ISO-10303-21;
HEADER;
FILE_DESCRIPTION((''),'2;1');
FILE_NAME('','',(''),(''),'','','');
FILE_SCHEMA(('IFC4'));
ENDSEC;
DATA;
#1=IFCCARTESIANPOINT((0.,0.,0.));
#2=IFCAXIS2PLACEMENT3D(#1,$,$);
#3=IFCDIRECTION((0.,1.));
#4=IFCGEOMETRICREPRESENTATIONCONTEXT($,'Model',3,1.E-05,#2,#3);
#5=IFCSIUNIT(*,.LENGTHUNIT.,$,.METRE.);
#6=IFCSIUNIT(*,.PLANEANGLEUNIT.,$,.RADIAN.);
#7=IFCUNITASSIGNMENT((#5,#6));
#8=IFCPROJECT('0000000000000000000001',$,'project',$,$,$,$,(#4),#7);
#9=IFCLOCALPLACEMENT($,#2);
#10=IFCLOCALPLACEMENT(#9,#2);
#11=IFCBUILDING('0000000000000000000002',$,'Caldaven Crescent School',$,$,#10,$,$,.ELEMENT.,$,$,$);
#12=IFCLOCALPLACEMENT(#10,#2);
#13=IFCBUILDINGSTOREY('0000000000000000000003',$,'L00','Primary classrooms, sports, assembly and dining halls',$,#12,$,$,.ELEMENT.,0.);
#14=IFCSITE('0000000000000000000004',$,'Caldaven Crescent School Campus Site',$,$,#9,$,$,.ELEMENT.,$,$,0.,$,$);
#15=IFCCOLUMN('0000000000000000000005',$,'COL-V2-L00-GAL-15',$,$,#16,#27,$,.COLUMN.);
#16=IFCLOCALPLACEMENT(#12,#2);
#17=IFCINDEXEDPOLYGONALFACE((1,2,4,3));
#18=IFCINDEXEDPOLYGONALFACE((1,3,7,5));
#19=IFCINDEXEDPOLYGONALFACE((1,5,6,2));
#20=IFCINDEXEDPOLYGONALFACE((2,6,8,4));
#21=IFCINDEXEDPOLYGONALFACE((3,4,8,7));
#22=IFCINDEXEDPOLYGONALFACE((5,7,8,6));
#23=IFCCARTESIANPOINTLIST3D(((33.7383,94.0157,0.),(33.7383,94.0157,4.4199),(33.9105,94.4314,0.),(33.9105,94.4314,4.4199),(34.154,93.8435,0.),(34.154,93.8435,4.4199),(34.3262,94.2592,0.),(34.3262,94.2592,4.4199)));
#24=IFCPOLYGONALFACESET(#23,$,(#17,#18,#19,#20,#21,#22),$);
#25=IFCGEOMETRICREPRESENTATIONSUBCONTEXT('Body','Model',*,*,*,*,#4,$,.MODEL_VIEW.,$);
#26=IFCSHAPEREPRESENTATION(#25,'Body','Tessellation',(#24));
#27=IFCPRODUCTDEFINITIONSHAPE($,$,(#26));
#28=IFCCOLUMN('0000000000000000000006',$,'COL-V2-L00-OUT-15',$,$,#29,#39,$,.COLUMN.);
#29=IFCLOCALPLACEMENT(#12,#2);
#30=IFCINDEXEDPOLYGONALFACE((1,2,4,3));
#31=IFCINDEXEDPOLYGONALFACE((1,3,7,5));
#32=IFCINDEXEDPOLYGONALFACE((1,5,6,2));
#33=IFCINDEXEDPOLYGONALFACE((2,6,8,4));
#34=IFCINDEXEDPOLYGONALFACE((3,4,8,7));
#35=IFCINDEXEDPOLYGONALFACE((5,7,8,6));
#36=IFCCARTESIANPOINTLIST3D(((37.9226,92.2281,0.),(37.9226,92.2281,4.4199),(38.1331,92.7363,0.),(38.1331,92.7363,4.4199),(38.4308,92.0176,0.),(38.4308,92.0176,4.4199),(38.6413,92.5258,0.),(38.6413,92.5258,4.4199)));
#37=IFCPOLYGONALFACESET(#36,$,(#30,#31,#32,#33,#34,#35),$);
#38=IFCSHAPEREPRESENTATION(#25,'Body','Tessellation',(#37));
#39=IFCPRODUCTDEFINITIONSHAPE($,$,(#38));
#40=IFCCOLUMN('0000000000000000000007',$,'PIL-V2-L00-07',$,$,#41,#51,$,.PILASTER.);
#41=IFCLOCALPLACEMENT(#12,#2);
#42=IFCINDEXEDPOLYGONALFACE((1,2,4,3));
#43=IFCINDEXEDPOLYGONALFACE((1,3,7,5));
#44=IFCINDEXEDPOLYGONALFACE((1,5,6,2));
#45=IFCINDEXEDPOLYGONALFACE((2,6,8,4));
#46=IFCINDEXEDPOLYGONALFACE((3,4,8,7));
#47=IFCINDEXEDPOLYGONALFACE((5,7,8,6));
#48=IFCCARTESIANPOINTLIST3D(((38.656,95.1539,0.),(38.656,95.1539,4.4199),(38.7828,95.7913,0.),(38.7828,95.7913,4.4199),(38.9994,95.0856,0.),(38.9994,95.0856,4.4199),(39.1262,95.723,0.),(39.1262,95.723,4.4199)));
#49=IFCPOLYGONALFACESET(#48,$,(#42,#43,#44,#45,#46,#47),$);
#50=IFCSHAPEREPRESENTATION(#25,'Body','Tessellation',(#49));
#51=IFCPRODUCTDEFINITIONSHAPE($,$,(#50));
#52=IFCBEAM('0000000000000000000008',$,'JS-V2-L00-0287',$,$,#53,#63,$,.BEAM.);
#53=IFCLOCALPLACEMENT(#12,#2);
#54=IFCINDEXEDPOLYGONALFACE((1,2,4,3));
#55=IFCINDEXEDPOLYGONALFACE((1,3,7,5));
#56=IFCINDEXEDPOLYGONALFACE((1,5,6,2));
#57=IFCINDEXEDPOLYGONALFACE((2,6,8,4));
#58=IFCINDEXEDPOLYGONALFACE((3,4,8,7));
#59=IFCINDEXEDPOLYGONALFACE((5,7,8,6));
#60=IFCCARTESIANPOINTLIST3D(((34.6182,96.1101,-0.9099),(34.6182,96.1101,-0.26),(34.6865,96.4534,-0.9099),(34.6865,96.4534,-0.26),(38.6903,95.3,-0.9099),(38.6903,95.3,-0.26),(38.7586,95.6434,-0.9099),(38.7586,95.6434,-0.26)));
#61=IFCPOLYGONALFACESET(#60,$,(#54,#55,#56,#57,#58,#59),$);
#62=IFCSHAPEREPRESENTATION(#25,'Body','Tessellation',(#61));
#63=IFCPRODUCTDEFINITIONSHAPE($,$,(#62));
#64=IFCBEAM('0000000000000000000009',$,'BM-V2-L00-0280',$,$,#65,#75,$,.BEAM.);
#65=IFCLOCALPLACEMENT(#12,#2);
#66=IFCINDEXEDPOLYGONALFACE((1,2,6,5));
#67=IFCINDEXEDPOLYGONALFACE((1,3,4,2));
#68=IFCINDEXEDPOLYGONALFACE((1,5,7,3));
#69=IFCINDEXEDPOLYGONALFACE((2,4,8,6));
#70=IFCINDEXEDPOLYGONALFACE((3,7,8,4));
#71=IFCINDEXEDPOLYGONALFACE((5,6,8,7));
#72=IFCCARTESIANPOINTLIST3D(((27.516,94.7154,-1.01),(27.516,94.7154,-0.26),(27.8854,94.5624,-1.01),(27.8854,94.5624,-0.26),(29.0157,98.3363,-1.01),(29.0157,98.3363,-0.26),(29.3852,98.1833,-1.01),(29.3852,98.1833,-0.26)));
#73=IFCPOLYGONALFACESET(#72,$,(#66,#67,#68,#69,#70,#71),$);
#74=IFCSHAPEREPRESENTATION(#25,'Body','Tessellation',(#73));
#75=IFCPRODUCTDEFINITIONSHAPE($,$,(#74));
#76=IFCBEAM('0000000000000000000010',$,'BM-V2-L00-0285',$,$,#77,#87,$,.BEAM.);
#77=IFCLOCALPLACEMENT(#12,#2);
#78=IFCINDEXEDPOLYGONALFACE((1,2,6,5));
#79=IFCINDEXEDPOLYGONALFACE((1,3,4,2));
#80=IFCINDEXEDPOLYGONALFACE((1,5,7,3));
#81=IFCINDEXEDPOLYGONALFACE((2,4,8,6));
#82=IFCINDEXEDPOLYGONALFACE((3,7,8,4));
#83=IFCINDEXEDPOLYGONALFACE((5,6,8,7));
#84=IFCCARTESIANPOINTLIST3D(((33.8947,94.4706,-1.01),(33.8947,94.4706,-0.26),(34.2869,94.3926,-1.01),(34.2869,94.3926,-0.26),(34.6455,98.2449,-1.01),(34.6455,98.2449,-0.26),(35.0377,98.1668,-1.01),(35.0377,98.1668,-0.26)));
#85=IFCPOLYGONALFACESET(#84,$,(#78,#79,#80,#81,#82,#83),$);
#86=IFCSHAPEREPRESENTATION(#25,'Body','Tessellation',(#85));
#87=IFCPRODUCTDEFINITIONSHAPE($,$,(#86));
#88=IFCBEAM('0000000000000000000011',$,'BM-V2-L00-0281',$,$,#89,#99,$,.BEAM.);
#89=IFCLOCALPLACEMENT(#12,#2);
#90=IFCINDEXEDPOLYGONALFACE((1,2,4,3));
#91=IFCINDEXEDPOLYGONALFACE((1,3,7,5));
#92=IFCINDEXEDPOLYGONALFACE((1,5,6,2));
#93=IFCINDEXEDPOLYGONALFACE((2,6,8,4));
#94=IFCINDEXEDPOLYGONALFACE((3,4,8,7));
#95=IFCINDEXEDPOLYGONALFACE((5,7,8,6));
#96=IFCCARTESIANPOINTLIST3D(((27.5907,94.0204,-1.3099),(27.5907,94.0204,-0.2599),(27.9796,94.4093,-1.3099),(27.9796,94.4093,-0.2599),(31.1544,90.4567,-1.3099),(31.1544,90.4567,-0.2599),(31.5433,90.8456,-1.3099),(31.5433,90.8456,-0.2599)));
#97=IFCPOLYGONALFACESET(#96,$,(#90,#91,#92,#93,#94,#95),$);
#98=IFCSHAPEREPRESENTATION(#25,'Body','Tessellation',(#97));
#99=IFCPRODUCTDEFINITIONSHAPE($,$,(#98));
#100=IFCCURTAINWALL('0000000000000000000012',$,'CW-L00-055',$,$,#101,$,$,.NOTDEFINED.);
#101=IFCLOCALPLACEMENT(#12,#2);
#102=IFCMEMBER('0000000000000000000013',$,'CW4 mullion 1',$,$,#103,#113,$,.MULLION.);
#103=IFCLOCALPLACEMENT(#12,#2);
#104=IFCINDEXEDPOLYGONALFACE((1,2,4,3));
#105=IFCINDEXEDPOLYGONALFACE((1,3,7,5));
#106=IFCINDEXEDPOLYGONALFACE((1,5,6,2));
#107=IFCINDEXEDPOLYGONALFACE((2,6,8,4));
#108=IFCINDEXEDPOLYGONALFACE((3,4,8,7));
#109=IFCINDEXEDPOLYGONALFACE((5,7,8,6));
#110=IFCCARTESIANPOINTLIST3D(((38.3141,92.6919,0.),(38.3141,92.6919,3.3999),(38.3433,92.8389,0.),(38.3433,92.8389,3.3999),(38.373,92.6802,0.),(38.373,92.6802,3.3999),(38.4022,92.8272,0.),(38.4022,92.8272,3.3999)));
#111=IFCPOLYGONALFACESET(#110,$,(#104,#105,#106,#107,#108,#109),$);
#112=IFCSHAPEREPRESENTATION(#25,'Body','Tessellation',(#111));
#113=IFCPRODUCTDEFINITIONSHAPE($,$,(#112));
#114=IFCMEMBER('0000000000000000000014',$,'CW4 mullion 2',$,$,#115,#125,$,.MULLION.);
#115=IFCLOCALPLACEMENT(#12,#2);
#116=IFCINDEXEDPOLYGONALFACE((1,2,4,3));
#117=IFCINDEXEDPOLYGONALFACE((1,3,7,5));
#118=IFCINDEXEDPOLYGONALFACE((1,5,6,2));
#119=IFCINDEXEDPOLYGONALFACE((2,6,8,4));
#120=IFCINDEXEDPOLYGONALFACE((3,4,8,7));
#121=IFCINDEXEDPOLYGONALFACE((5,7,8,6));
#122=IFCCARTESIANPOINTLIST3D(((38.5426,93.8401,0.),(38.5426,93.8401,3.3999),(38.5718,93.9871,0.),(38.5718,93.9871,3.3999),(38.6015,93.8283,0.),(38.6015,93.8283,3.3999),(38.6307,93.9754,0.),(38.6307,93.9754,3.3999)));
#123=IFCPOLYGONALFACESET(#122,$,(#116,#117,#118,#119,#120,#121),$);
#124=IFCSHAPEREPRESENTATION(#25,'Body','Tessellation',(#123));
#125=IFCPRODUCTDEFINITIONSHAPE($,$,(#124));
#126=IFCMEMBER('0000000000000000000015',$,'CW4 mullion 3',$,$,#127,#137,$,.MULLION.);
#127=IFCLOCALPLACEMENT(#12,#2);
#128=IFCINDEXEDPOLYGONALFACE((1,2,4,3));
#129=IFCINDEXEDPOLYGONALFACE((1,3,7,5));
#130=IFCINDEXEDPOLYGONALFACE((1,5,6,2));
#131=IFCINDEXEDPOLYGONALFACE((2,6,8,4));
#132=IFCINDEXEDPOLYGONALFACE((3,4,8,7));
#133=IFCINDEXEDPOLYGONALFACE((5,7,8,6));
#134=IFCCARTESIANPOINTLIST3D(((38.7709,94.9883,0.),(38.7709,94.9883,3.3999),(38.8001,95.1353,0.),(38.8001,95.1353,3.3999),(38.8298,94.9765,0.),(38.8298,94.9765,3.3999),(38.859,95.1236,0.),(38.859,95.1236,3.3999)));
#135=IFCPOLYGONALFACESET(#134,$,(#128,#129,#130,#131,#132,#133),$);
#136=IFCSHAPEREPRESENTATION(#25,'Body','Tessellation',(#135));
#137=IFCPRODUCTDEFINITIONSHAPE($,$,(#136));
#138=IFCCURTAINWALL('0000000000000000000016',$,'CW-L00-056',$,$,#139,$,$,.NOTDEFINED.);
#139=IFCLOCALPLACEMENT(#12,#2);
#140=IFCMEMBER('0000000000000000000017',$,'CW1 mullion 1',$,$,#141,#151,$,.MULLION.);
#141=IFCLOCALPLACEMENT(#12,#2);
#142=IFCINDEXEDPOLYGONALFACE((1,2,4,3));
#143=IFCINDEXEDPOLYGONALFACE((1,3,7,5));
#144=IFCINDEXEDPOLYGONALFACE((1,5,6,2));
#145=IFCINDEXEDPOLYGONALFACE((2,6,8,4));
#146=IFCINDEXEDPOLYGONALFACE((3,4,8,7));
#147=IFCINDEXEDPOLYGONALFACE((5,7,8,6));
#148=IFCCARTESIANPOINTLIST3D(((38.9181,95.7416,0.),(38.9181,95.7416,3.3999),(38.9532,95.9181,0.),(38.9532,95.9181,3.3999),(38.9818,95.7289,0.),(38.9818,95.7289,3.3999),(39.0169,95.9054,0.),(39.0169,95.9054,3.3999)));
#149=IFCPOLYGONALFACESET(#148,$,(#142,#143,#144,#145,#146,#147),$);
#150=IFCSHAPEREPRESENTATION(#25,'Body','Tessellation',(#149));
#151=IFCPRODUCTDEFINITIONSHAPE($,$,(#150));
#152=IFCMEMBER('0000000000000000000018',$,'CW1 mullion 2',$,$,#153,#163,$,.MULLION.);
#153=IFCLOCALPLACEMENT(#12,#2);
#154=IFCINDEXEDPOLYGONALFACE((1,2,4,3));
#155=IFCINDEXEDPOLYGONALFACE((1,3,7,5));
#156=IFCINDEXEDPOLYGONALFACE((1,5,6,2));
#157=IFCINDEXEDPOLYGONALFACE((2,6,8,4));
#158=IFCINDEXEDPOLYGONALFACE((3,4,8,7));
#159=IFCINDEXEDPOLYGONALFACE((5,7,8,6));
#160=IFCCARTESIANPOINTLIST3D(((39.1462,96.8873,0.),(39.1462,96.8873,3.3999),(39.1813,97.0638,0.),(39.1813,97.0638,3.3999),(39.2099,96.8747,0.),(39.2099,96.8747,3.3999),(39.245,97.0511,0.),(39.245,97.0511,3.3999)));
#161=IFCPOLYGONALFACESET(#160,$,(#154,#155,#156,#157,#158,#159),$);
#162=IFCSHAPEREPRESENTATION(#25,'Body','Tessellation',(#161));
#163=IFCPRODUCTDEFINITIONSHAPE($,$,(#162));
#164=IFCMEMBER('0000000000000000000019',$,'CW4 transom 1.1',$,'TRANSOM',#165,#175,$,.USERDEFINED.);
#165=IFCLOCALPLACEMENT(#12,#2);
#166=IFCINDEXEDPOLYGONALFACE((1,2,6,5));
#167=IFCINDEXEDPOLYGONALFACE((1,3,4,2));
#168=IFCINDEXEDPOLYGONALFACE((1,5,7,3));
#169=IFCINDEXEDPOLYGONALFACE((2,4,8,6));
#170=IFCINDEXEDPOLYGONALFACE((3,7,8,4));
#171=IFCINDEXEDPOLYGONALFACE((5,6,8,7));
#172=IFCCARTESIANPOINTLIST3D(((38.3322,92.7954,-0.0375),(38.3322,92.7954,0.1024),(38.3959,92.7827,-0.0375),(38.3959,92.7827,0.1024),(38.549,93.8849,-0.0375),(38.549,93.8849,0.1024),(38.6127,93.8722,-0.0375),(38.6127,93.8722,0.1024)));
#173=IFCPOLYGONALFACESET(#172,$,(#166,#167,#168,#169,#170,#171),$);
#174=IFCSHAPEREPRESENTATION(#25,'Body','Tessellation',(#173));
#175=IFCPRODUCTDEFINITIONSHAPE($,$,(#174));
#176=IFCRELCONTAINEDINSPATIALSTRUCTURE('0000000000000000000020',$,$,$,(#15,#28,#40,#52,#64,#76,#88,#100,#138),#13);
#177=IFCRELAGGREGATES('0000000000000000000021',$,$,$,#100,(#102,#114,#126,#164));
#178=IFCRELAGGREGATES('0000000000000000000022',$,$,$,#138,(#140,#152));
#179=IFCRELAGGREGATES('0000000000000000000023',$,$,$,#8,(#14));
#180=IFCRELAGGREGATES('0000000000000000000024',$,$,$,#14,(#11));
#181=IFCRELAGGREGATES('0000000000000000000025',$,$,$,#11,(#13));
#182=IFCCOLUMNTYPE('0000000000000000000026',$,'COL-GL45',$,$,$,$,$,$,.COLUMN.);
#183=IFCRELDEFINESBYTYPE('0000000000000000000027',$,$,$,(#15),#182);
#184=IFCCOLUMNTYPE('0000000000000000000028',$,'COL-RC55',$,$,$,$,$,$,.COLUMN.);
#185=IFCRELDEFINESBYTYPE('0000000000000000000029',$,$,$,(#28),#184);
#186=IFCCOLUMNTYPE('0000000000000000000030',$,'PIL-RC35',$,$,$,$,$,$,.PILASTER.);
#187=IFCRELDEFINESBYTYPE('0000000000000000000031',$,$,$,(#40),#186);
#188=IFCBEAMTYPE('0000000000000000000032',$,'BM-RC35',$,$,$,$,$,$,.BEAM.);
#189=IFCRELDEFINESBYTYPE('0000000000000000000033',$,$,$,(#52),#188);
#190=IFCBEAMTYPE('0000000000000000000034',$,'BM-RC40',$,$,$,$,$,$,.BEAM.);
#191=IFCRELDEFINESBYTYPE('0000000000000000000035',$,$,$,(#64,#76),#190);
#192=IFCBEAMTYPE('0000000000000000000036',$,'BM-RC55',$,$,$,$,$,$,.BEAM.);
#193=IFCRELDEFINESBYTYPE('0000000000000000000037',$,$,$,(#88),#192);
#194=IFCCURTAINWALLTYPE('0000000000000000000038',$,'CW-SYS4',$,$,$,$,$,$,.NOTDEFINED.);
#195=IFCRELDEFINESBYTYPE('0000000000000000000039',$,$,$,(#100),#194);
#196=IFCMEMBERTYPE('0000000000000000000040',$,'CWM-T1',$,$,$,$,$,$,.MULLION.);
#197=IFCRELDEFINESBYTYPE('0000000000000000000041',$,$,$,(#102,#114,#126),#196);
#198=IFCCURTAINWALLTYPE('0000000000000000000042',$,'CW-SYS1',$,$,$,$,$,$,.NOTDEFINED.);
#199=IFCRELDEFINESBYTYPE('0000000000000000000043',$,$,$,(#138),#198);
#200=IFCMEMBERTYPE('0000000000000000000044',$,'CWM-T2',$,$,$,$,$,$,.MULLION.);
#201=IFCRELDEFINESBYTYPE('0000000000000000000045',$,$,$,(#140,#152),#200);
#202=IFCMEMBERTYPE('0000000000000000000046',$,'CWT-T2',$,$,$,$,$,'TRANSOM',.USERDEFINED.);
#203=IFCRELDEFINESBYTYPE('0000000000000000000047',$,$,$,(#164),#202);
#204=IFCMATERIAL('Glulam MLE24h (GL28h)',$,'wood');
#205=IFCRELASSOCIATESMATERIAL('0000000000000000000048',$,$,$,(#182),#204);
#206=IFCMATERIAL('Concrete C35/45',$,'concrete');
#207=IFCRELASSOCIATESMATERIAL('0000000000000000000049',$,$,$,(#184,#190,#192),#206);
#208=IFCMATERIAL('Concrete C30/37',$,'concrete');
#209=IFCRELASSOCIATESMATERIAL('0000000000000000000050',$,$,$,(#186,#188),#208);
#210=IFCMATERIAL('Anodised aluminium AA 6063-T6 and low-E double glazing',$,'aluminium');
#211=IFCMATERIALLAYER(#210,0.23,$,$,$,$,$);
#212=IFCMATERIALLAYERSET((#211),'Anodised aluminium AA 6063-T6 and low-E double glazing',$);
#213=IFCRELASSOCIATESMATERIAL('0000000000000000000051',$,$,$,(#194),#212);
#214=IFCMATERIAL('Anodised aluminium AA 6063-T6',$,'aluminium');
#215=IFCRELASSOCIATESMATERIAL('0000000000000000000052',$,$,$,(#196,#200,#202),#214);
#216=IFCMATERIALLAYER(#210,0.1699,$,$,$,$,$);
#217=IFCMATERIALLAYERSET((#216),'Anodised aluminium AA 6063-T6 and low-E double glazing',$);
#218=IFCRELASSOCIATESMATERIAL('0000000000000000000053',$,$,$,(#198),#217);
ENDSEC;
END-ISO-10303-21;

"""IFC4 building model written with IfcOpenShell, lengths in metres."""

from ifc_helpers import new_model, si_unit, direction, frame, origin, origin_2d, place, context, subcontext, project, spatial, rectangle, extrude, material, layer, layer_set, material_profile, profile_set, type_object, element, aggregate, save


model = new_model("IFC4")

# Units and contexts
model_context = context("Model", 3, precision=1e-05, world=origin(), true_north=direction((0.0, 1.0)))
body_context = subcontext(model_context, "Body", "Model", "MODEL_VIEW")
ifc_project = project(units=[si_unit("LENGTHUNIT", "METRE"), si_unit("PLANEANGLEUNIT", "RADIAN")], contexts=[model_context])

# Site, building, storey
site_placement = place(None, origin())
site = spatial("IfcSite", under=ifc_project, at=site_placement, Name="Caldaven Crescent School Campus Site", CompositionType="ELEMENT", RefElevation=0.0)
building_placement = place(site_placement, origin())
building = spatial("IfcBuilding", under=site, at=building_placement, Name="Caldaven Crescent School", CompositionType="ELEMENT")
storey_placement = place(building_placement, origin())
storey = spatial("IfcBuildingStorey", under=building, at=storey_placement, Name="L00", Description="Primary classrooms, sports, assembly and dining halls", CompositionType="ELEMENT", Elevation=0.0)

# Columns
ifc_material_1 = material(Name="Glulam MLE24h (GL28h)", Category="wood")
ifc_material_profile_1 = material_profile(ifc_material_1, rectangle(XDim=0.45, YDim=0.45, at=origin_2d()), Name="MLE 450x450")
ifc_profile_set_1 = profile_set([ifc_material_profile_1], Name="Glulam MLE24h (GL28h)")
column_type_1 = type_object("IfcColumnType", Name="COL-GL45", PredefinedType="COLUMN", material=ifc_profile_set_1)
column_1_placement = place(storey_placement, frame((34.0322, 94.1375, 0.0), z_axis=(0.0, 0.0, 1.0), x_axis=(0.92388, -0.382683, 0.0)))
element("IfcColumn", 1, at=column_1_placement, inside=storey, type_object=column_type_1, Name="COL-V2-L00-GAL-15", PredefinedType="COLUMN", context=body_context, shape_type="SweptSolid", body=[
    extrude(rectangle(XDim=0.45, YDim=0.45, at=origin_2d()), origin(), (0.0, 0.0, 1.0), 4.4199),
])
ifc_material_2 = material(Name="Concrete C35/45", Category="concrete")
ifc_material_profile_2 = material_profile(ifc_material_2, rectangle(XDim=0.55, YDim=0.55, at=origin_2d()), Name="RC 550x550")
ifc_profile_set_2 = profile_set([ifc_material_profile_2], Name="Concrete C35/45")
column_type_2 = type_object("IfcColumnType", Name="COL-RC55", PredefinedType="COLUMN", material=ifc_profile_set_2)
column_2_placement = place(storey_placement, frame((38.282, 92.377, 0.0), z_axis=(0.0, 0.0, 1.0), x_axis=(0.92388, -0.382683, 0.0)))
element("IfcColumn", 2, at=column_2_placement, inside=storey, type_object=column_type_2, Name="COL-V2-L00-OUT-15", PredefinedType="COLUMN", context=body_context, shape_type="SweptSolid", body=[
    extrude(rectangle(XDim=0.55, YDim=0.55, at=origin_2d()), origin(), (0.0, 0.0, 1.0), 4.4199),
])
ifc_material_3 = material(Name="Concrete C30/37", Category="concrete")
ifc_material_profile_3 = material_profile(ifc_material_3, rectangle(XDim=0.3501, YDim=0.6499, at=origin_2d()), Name="RC 350x650")
ifc_profile_set_3 = profile_set([ifc_material_profile_3], Name="Concrete C30/37")
column_type_3 = type_object("IfcColumnType", Name="PIL-RC35", PredefinedType="PILASTER", material=ifc_profile_set_3)
column_3_placement = place(storey_placement, frame((38.8911, 95.4385, 0.0), z_axis=(0.0, 0.0, 1.0), x_axis=(0.980785, -0.19509, 0.0)))
element("IfcColumn", 3, at=column_3_placement, inside=storey, type_object=column_type_3, Name="PIL-V2-L00-07", PredefinedType="PILASTER", context=body_context, shape_type="SweptSolid", body=[
    extrude(rectangle(XDim=0.3501, YDim=0.6499, at=origin_2d()), origin(), (0.0, 0.0, 1.0), 4.4199),
])

# Beams
ifc_material_profile_4 = material_profile(ifc_material_3, rectangle(XDim=0.3501, YDim=0.6499, at=origin_2d()), Name="RC 350x650")
ifc_profile_set_4 = profile_set([ifc_material_profile_4], Name="Concrete C30/37")
beam_type_1 = type_object("IfcBeamType", Name="BM-RC35", PredefinedType="BEAM", material=ifc_profile_set_4)
beam_1_placement = place(storey_placement, frame((34.6523, 96.2817, -0.585), z_axis=(0.980781, -0.19511, 0.0), x_axis=(0.19511, 0.980781, 0.0)))
element("IfcBeam", 4, at=beam_1_placement, inside=storey, type_object=beam_type_1, Name="JS-V2-L00-0287", PredefinedType="BEAM", context=body_context, shape_type="SweptSolid", body=[
    extrude(rectangle(XDim=0.3501, YDim=0.6499, at=origin_2d()), origin(), (0.0, 0.0, 1.0), 4.1519),
])
ifc_material_profile_5 = material_profile(ifc_material_2, rectangle(XDim=0.3999, YDim=0.75, at=origin_2d()), Name="RC 400x750")
ifc_profile_set_5 = profile_set([ifc_material_profile_5], Name="Concrete C35/45")
beam_type_2 = type_object("IfcBeamType", Name="BM-RC40", PredefinedType="BEAM", material=ifc_profile_set_5)
beam_2_placement = place(storey_placement, frame((27.7007, 94.6389, -0.635), z_axis=(0.382673, 0.923884, 0.0), x_axis=(-0.923884, 0.382673, 0.0)))
element("IfcBeam", 5, at=beam_2_placement, inside=storey, type_object=beam_type_2, Name="BM-V2-L00-0280", PredefinedType="BEAM", context=body_context, shape_type="SweptSolid", body=[
    extrude(rectangle(XDim=0.3999, YDim=0.75, at=origin_2d()), origin(), (0.0, 0.0, 1.0), 3.9192),
])
beam_3_placement = place(storey_placement, frame((34.0908, 94.4316, -0.635), z_axis=(0.195091, 0.980785, 0.0), x_axis=(-0.980785, 0.195091, 0.0)))
element("IfcBeam", 6, at=beam_3_placement, inside=storey, type_object=beam_type_2, Name="BM-V2-L00-0285", PredefinedType="BEAM", context=body_context, shape_type="SweptSolid", body=[
    extrude(rectangle(XDim=0.3999, YDim=0.75, at=origin_2d()), origin(), (0.0, 0.0, 1.0), 3.8481),
])
ifc_material_profile_6 = material_profile(ifc_material_2, rectangle(XDim=0.55, YDim=1.05, at=origin_2d()), Name="RC 550x1050")
ifc_profile_set_6 = profile_set([ifc_material_profile_6], Name="Concrete C35/45")
beam_type_3 = type_object("IfcBeamType", Name="BM-RC55", PredefinedType="BEAM", material=ifc_profile_set_6)
beam_4_placement = place(storey_placement, frame((27.7852, 94.2148, -0.7849), z_axis=(0.707107, -0.707107, 0.0), x_axis=(0.707107, 0.707107, 0.0)))
element("IfcBeam", 7, at=beam_4_placement, inside=storey, type_object=beam_type_3, Name="BM-V2-L00-0281", PredefinedType="BEAM", context=body_context, shape_type="SweptSolid", body=[
    extrude(rectangle(XDim=0.55, YDim=1.05, at=origin_2d()), origin(), (0.0, 0.0, 1.0), 5.0398),
])

# Curtain walls, members
ifc_material_4 = material(Name="Anodised aluminium AA 6063-T6 and low-E double glazing", Category="aluminium")
ifc_layer_1 = layer(ifc_material_4, 0.23)
ifc_layer_set_1 = layer_set([ifc_layer_1], Name="Anodised aluminium AA 6063-T6 and low-E double glazing")
curtain_wall_type_1 = type_object("IfcCurtainWallType", Name="CW-SYS4", PredefinedType="NOTDEFINED", material=ifc_layer_set_1)
curtain_wall_1_placement = place(storey_placement, origin())
curtain_wall_1 = element("IfcCurtainWall", 8, at=curtain_wall_1_placement, inside=storey, type_object=curtain_wall_type_1, Name="CW-L00-055", PredefinedType="NOTDEFINED")
ifc_material_5 = material(Name="Anodised aluminium AA 6063-T6", Category="aluminium")
ifc_material_profile_7 = material_profile(ifc_material_5, rectangle(XDim=0.0601, YDim=0.1499, at=origin_2d()), Name="CWM 60x150")
ifc_profile_set_7 = profile_set([ifc_material_profile_7], Name="Anodised aluminium AA 6063-T6")
member_type_1 = type_object("IfcMemberType", Name="CWM-T1", PredefinedType="MULLION", material=ifc_profile_set_7)
member_1_placement = place(storey_placement, frame((38.3582, 92.7595, 0.0), z_axis=(0.0, 0.0, 1.0), x_axis=(-0.980786, 0.195087, 0.0)))
member_1 = element("IfcMember", 9, at=member_1_placement, type_object=member_type_1, Name="CW4 mullion 1", PredefinedType="MULLION", context=body_context, shape_type="SweptSolid", body=[
    extrude(rectangle(XDim=0.0601, YDim=0.1499, at=origin_2d()), origin(), (0.0, 0.0, 1.0), 3.3999),
])
member_2_placement = place(storey_placement, frame((38.5867, 93.9077, 0.0), z_axis=(0.0, 0.0, 1.0), x_axis=(-0.980786, 0.195087, 0.0)))
member_2 = element("IfcMember", 10, at=member_2_placement, type_object=member_type_1, Name="CW4 mullion 2", PredefinedType="MULLION", context=body_context, shape_type="SweptSolid", body=[
    extrude(rectangle(XDim=0.0601, YDim=0.1499, at=origin_2d()), origin(), (0.0, 0.0, 1.0), 3.3999),
])
member_3_placement = place(storey_placement, frame((38.8149, 95.0559, 0.0), z_axis=(0.0, 0.0, 1.0), x_axis=(-0.980786, 0.195087, 0.0)))
member_3 = element("IfcMember", 11, at=member_3_placement, type_object=member_type_1, Name="CW4 mullion 3", PredefinedType="MULLION", context=body_context, shape_type="SweptSolid", body=[
    extrude(rectangle(XDim=0.0601, YDim=0.1499, at=origin_2d()), origin(), (0.0, 0.0, 1.0), 3.3999),
])
ifc_layer_2 = layer(ifc_material_4, 0.1699)
ifc_layer_set_2 = layer_set([ifc_layer_2], Name="Anodised aluminium AA 6063-T6 and low-E double glazing")
curtain_wall_type_2 = type_object("IfcCurtainWallType", Name="CW-SYS1", PredefinedType="NOTDEFINED", material=ifc_layer_set_2)
curtain_wall_2_placement = place(storey_placement, origin())
curtain_wall_2 = element("IfcCurtainWall", 12, at=curtain_wall_2_placement, inside=storey, type_object=curtain_wall_type_2, Name="CW-L00-056", PredefinedType="NOTDEFINED")
ifc_material_profile_8 = material_profile(ifc_material_5, rectangle(XDim=0.0649, YDim=0.1799, at=origin_2d()), Name="CWM 65x180")
ifc_profile_set_8 = profile_set([ifc_material_profile_8], Name="Anodised aluminium AA 6063-T6")
member_type_2 = type_object("IfcMemberType", Name="CWM-T2", PredefinedType="MULLION", material=ifc_profile_set_8)
member_4_placement = place(storey_placement, frame((38.9675, 95.8235, 0.0), z_axis=(0.0, 0.0, 1.0), x_axis=(-0.980785, 0.195091, 0.0)))
member_4 = element("IfcMember", 13, at=member_4_placement, type_object=member_type_2, Name="CW1 mullion 1", PredefinedType="MULLION", context=body_context, shape_type="SweptSolid", body=[
    extrude(rectangle(XDim=0.0649, YDim=0.1799, at=origin_2d()), origin(), (0.0, 0.0, 1.0), 3.3999),
])
member_5_placement = place(storey_placement, frame((39.1956, 96.9692, 0.0), z_axis=(0.0, 0.0, 1.0), x_axis=(-0.980785, 0.195091, 0.0)))
member_5 = element("IfcMember", 14, at=member_5_placement, type_object=member_type_2, Name="CW1 mullion 2", PredefinedType="MULLION", context=body_context, shape_type="SweptSolid", body=[
    extrude(rectangle(XDim=0.0649, YDim=0.1799, at=origin_2d()), origin(), (0.0, 0.0, 1.0), 3.3999),
])

# Member
ifc_material_profile_9 = material_profile(ifc_material_5, rectangle(XDim=0.0649, YDim=0.1399, at=origin_2d()), Name="CWT 65x140")
ifc_profile_set_9 = profile_set([ifc_material_profile_9], Name="Anodised aluminium AA 6063-T6")
member_type_3 = type_object("IfcMemberType", Name="CWT-T2", ElementType="TRANSOM", PredefinedType="USERDEFINED", material=ifc_profile_set_9)
member_6_placement = place(storey_placement, frame((38.364, 92.7891, 0.0325), z_axis=(0.195186, 0.980766, 0.0), x_axis=(-0.980766, 0.195186, 0.0)))
member_6 = element("IfcMember", 15, at=member_6_placement, type_object=member_type_3, Name="CW4 transom 1.1", ObjectType="TRANSOM", PredefinedType="USERDEFINED", context=body_context, shape_type="SweptSolid", body=[
    extrude(rectangle(XDim=0.0649, YDim=0.1399, at=origin_2d()), origin(), (0.0, 0.0, 1.0), 1.1108),
])

aggregate(curtain_wall_1, [member_1, member_2, member_3, member_6])
aggregate(curtain_wall_2, [member_4, member_5])

save(model, "model.ifc")
